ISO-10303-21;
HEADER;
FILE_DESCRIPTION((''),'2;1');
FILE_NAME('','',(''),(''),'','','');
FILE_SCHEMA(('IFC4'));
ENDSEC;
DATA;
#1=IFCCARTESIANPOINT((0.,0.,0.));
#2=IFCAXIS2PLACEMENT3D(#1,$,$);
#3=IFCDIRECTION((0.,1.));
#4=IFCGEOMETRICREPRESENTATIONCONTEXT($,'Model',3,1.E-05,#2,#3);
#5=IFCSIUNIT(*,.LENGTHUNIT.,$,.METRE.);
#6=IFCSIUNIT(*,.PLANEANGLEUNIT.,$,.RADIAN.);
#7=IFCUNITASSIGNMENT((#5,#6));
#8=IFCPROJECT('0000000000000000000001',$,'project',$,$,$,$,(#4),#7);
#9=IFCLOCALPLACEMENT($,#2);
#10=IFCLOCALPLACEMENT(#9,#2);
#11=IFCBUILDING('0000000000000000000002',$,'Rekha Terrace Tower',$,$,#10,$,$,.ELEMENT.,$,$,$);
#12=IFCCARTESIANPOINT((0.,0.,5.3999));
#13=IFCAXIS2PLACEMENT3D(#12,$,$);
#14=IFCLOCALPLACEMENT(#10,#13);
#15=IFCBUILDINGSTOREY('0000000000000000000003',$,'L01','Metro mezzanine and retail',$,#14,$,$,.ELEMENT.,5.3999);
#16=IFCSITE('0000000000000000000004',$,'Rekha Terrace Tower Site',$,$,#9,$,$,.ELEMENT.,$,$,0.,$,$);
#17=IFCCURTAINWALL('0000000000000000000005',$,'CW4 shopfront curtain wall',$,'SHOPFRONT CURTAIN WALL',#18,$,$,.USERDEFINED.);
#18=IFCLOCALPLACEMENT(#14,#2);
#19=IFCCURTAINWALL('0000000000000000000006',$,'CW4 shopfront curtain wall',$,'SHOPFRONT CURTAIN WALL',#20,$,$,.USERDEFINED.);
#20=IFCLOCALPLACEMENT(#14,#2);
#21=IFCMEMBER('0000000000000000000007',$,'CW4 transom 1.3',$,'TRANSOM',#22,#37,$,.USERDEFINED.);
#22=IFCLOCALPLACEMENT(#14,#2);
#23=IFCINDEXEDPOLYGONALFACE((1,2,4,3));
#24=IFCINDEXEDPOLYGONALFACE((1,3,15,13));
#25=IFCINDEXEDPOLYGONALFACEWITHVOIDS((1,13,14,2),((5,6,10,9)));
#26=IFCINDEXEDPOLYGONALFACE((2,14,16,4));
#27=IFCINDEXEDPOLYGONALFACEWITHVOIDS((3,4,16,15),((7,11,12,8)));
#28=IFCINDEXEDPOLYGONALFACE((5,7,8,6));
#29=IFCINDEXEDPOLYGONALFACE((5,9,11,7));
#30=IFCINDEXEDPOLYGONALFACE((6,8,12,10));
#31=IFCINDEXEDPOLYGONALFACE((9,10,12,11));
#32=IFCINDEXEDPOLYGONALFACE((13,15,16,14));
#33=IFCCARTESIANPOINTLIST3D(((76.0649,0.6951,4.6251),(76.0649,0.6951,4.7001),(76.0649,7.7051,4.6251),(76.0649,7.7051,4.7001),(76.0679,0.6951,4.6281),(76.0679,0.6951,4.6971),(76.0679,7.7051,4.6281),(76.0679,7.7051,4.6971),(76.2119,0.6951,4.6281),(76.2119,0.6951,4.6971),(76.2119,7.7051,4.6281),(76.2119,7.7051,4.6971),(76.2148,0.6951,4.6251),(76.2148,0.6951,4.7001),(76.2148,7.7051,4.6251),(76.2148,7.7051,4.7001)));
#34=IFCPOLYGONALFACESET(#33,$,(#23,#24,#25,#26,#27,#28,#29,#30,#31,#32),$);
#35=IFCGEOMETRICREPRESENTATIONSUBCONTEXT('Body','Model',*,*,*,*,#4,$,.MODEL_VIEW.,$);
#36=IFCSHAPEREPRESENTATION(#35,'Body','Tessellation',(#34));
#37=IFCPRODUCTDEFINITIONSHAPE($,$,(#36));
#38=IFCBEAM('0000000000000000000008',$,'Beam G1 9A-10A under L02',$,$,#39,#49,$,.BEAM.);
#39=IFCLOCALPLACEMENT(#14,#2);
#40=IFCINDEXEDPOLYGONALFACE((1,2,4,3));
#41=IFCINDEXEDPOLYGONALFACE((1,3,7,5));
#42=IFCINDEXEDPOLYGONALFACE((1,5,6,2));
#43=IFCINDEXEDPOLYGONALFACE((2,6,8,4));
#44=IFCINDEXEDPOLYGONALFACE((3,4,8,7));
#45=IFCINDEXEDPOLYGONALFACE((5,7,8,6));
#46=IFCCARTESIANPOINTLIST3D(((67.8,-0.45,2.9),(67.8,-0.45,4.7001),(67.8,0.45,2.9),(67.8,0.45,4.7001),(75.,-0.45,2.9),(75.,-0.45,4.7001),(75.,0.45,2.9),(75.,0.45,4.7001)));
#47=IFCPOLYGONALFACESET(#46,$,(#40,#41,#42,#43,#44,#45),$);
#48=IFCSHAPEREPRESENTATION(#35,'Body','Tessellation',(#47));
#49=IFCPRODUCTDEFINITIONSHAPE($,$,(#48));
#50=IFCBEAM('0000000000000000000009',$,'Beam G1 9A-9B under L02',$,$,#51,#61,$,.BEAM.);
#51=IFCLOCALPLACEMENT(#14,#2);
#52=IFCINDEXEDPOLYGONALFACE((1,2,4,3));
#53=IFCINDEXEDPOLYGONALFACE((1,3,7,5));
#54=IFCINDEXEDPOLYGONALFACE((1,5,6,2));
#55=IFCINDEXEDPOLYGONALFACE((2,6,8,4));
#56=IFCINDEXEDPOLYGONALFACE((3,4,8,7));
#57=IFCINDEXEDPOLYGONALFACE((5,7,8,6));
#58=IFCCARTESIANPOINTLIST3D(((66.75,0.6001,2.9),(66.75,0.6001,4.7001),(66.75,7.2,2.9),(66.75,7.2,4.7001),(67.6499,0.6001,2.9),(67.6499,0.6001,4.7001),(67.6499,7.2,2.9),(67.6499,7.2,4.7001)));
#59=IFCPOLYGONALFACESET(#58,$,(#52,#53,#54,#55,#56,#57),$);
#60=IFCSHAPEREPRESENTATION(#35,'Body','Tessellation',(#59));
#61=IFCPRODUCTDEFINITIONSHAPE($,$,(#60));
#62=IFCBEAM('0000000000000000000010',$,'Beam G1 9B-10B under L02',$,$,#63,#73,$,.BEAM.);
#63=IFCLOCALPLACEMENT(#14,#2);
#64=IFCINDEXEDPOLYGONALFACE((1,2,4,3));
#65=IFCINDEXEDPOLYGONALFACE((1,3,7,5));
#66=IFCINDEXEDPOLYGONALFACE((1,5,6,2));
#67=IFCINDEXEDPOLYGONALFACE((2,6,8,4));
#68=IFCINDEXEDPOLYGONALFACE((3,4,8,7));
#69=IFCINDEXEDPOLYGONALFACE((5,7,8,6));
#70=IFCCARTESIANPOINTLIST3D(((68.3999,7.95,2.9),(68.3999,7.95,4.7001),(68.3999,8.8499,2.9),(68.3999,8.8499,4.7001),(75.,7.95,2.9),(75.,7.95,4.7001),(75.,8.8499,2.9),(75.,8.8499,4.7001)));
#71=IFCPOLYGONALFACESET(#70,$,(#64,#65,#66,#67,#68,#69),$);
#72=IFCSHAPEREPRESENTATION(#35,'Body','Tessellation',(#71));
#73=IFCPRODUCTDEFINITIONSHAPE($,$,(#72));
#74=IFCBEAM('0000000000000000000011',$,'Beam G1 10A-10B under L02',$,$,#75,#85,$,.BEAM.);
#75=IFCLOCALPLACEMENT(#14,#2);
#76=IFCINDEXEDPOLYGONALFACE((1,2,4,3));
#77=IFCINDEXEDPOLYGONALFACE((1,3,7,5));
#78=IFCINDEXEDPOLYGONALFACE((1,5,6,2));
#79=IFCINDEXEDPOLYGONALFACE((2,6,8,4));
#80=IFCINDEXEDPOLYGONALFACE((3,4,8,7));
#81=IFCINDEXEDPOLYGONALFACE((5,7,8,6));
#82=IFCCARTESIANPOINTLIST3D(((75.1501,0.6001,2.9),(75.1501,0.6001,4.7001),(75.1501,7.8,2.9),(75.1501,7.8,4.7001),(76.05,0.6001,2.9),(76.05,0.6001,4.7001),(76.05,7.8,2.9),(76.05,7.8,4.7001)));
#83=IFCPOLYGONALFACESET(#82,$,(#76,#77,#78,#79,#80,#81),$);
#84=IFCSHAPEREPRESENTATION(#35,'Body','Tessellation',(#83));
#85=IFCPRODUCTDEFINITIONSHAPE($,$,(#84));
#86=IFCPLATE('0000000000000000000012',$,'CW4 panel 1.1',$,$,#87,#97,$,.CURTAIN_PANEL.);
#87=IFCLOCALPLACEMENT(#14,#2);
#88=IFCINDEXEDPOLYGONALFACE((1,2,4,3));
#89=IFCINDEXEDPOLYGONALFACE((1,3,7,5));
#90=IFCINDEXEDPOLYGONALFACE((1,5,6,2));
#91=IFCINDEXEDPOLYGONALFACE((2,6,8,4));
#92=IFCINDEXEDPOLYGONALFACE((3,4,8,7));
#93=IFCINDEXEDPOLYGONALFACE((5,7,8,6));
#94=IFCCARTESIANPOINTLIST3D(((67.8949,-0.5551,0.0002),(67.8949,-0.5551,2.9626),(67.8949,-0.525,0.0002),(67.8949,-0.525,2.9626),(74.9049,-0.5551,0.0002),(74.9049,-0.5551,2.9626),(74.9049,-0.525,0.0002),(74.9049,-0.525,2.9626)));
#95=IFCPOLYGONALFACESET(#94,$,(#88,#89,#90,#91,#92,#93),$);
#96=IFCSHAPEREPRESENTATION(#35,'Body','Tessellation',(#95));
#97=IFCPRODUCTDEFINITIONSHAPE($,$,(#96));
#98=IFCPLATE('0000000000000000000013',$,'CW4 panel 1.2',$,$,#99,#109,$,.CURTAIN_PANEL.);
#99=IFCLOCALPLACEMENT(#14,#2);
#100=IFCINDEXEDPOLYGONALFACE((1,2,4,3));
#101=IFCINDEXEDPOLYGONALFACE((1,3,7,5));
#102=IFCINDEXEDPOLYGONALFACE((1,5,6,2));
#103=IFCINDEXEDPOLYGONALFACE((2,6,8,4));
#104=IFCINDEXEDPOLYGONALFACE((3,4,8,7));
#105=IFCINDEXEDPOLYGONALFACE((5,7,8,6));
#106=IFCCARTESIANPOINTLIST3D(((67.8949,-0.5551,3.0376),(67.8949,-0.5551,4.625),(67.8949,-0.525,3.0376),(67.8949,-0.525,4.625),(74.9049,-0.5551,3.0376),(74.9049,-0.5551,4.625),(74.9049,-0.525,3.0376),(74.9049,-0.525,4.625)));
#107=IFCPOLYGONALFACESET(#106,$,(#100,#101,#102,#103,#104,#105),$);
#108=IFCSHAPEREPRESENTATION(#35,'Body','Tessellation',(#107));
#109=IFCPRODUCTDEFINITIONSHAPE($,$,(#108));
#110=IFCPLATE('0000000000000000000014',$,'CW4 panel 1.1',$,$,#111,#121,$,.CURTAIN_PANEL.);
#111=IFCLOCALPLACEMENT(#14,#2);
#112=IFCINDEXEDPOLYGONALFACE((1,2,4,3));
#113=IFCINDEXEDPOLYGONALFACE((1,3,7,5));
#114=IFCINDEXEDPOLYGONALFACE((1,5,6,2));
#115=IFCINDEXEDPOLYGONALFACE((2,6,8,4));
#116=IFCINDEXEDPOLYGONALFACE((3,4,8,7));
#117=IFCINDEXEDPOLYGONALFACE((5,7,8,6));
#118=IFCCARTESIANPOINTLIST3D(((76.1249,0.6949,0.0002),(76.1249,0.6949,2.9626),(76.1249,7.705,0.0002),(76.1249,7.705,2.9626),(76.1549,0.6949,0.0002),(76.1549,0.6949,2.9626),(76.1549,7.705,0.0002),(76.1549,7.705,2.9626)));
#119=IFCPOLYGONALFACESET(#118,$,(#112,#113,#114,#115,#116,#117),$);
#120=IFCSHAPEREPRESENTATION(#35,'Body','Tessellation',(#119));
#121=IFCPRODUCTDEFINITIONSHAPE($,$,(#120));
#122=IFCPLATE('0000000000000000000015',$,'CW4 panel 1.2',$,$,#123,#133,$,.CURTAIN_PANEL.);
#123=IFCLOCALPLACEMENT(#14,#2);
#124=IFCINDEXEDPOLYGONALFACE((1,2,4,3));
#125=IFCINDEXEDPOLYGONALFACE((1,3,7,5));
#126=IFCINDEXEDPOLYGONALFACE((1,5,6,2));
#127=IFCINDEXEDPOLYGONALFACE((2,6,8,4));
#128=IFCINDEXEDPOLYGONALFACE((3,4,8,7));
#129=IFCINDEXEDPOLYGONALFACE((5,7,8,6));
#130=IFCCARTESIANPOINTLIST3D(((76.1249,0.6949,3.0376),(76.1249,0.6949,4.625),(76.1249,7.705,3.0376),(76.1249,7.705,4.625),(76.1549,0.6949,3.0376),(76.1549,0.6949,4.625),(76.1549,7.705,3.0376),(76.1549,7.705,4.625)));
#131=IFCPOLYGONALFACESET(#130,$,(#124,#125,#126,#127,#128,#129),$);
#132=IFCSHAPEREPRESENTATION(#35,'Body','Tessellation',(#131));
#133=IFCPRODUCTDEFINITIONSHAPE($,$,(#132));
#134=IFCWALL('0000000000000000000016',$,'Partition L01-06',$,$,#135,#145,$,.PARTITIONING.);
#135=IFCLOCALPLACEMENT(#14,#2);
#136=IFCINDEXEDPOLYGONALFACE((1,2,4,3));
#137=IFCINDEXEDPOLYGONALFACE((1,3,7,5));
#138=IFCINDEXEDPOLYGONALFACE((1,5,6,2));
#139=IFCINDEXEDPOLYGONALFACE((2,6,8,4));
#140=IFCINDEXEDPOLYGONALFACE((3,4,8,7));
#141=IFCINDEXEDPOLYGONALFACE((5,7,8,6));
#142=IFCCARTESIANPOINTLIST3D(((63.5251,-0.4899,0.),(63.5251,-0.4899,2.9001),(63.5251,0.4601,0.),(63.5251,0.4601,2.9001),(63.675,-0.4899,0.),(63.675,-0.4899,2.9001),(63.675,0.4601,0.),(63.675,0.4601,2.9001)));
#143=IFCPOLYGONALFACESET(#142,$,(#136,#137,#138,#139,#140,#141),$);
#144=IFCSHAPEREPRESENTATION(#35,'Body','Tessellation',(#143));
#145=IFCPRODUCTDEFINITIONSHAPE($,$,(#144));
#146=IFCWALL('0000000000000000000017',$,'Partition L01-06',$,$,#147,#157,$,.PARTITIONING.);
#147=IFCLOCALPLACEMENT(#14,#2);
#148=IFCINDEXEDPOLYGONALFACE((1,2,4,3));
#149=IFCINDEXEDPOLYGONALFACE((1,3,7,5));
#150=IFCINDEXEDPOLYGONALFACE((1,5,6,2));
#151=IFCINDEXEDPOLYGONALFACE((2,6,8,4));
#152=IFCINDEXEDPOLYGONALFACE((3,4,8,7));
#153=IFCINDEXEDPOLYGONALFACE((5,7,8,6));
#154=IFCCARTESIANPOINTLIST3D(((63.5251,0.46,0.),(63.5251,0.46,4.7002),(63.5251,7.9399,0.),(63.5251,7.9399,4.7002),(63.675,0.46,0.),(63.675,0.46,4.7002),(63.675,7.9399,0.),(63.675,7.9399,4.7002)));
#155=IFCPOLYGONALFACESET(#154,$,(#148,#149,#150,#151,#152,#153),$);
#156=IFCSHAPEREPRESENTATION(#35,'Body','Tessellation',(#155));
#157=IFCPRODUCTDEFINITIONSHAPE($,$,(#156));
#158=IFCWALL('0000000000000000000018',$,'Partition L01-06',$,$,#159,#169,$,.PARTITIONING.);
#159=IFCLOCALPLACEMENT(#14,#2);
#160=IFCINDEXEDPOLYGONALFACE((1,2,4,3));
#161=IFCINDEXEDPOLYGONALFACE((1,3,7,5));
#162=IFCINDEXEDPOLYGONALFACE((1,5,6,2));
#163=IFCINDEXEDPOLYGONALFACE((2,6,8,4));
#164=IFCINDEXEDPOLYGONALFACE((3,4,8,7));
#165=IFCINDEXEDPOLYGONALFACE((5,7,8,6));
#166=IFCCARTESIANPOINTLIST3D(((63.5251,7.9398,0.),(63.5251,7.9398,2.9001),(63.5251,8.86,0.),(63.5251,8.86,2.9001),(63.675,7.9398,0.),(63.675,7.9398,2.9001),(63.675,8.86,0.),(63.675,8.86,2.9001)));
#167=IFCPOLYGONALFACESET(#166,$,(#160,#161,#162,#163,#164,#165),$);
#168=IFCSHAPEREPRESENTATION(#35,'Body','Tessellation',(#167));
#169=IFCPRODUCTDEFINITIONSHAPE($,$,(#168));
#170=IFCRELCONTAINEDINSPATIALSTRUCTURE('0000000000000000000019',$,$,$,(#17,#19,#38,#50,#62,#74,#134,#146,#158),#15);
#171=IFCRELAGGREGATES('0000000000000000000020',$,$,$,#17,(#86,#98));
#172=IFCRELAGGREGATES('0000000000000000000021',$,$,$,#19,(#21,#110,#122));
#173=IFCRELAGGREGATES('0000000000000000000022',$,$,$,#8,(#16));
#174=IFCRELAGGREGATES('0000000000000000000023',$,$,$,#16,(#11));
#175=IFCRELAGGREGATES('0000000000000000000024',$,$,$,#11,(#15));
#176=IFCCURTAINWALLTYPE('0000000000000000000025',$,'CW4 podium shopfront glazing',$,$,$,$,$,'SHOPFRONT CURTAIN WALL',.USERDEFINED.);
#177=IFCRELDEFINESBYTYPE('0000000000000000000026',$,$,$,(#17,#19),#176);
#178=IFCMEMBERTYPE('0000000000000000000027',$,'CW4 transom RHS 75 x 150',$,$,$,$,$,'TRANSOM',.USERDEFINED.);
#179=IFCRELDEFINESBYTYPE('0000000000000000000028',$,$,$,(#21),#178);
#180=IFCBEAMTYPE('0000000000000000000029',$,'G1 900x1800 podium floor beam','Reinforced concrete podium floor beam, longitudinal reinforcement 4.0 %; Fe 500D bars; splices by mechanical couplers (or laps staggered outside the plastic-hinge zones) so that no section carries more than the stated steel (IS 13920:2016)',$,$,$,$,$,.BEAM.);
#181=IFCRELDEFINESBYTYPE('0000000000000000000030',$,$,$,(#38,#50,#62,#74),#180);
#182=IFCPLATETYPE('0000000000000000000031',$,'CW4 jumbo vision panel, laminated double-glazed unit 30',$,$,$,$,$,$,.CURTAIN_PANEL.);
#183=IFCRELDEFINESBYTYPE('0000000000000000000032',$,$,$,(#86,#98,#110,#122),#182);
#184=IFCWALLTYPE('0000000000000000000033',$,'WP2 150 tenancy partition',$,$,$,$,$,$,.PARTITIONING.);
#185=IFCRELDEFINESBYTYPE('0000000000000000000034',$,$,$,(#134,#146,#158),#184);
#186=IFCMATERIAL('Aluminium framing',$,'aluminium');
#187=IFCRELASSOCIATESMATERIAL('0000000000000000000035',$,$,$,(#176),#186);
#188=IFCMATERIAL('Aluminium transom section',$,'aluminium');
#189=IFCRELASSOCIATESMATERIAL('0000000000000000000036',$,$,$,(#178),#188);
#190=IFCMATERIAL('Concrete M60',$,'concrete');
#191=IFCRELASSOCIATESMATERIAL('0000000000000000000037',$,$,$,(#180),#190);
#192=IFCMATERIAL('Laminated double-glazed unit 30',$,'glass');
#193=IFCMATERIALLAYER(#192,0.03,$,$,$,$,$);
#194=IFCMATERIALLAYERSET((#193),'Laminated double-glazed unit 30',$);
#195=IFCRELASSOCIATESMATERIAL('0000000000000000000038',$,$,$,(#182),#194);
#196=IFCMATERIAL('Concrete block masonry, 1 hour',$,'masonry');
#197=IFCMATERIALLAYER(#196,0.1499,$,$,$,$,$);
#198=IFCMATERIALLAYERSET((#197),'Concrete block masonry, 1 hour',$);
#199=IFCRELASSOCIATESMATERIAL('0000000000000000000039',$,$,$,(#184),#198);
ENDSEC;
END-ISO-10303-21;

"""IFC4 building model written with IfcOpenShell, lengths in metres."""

from ifc_helpers import new_model, si_unit, direction, frame, frame_2d, origin, origin_2d, place, context, subcontext, project, spatial, rectangle, hollow_rectangle, extrude, material, layer, layer_set, material_profile, profile_set, type_object, element, aggregate, save


model = new_model("IFC4")

# Units and contexts
model_context = context("Model", 3, precision=1e-05, world=origin(), true_north=direction((0.0, 1.0)))
body_context = subcontext(model_context, "Body", "Model", "MODEL_VIEW")
ifc_project = project(units=[si_unit("LENGTHUNIT", "METRE"), si_unit("PLANEANGLEUNIT", "RADIAN")], contexts=[model_context])

# Site, building, storey
site_placement = place(None, origin())
site = spatial("IfcSite", under=ifc_project, at=site_placement, Name="Rekha Terrace Tower Site", CompositionType="ELEMENT", RefElevation=0.0)
building_placement = place(site_placement, origin())
building = spatial("IfcBuilding", under=site, at=building_placement, Name="Rekha Terrace Tower", CompositionType="ELEMENT")
storey_placement = place(building_placement, frame((0.0, 0.0, 5.3999)))
storey = spatial("IfcBuildingStorey", under=building, at=storey_placement, Name="L01", Description="Metro mezzanine and retail", CompositionType="ELEMENT", Elevation=5.3999)

# Shared definitions
ifc_material_1 = material(Name="Concrete M60", Category="concrete")

# Shared definitions
ifc_material_2 = material(Name="Aluminium framing", Category="aluminium")
curtain_wall_type = type_object("IfcCurtainWallType", Name="CW4 podium shopfront glazing", ElementType="SHOPFRONT CURTAIN WALL", PredefinedType="USERDEFINED", material=ifc_material_2)

# Curtain walls
curtain_wall_1_placement = place(storey_placement, origin())
curtain_wall_1 = element("IfcCurtainWall", 1, at=curtain_wall_1_placement, inside=storey, type_object=curtain_wall_type, Name="CW4 shopfront curtain wall", ObjectType="SHOPFRONT CURTAIN WALL", PredefinedType="USERDEFINED")
curtain_wall_2_placement = place(storey_placement, origin())
curtain_wall_2 = element("IfcCurtainWall", 2, at=curtain_wall_2_placement, inside=storey, type_object=curtain_wall_type, Name="CW4 shopfront curtain wall", ObjectType="SHOPFRONT CURTAIN WALL", PredefinedType="USERDEFINED")

# Member
ifc_material_3 = material(Name="Aluminium transom section", Category="aluminium")
ifc_material_profile_1 = material_profile(ifc_material_3, hollow_rectangle(XDim=0.1499, YDim=0.075, WallThickness=0.0029, at=origin_2d()), Name="AL RHS 150x75")
ifc_profile_set_1 = profile_set([ifc_material_profile_1], Name="Aluminium transom section")
member_type_1 = type_object("IfcMemberType", Name="CW4 transom RHS 75 x 150", ElementType="TRANSOM", PredefinedType="USERDEFINED", material=ifc_profile_set_1)
member_1_placement = place(storey_placement, frame((76.1399, 0.6951, 4.6626), z_axis=(0.0, 1.0, 0.0), x_axis=(-1.0, 0.0, 0.0)))
member_1 = element("IfcMember", 3, at=member_1_placement, type_object=member_type_1, Name="CW4 transom 1.3", ObjectType="TRANSOM", PredefinedType="USERDEFINED", context=body_context, shape_type="SweptSolid", body=[
    extrude(hollow_rectangle(XDim=0.1499, YDim=0.075, WallThickness=0.0029, at=origin_2d()), origin(), (0.0, 0.0, 1.0), 7.01),
])

# Beams
ifc_material_profile_2 = material_profile(ifc_material_1, rectangle(XDim=0.8999, YDim=1.8, at=origin_2d()), Name="RC 900x1800")
ifc_profile_set_2 = profile_set([ifc_material_profile_2], Name="Concrete M60")
beam_type = type_object("IfcBeamType", Name="G1 900x1800 podium floor beam", Description="Reinforced concrete podium floor beam, longitudinal reinforcement 4.0 %; Fe 500D bars; splices by mechanical couplers (or laps staggered outside the plastic-hinge zones) so that no section carries more than the stated steel (IS 13920:2016)", PredefinedType="BEAM", material=ifc_profile_set_2)
beam_1_placement = place(storey_placement, frame((67.8, 0.0, 3.8), z_axis=(1.0, 0.0, 0.0), x_axis=(0.0, 1.0, 0.0)))
element("IfcBeam", 4, at=beam_1_placement, inside=storey, type_object=beam_type, Name="Beam G1 9A-10A under L02", PredefinedType="BEAM", context=body_context, shape_type="SweptSolid", body=[
    extrude(rectangle(XDim=0.8999, YDim=1.8, at=origin_2d()), origin(), (0.0, 0.0, 1.0), 7.2),
])
beam_2_placement = place(storey_placement, frame((67.2, 0.6001, 3.8), z_axis=(0.0, 1.0, 0.0), x_axis=(-1.0, 0.0, 0.0)))
element("IfcBeam", 5, at=beam_2_placement, inside=storey, type_object=beam_type, Name="Beam G1 9A-9B under L02", PredefinedType="BEAM", context=body_context, shape_type="SweptSolid", body=[
    extrude(rectangle(XDim=0.8999, YDim=1.8, at=origin_2d()), origin(), (0.0, 0.0, 1.0), 6.5999),
])
beam_3_placement = place(storey_placement, frame((68.3999, 8.3999, 3.8), z_axis=(1.0, 0.0, 0.0), x_axis=(0.0, 1.0, 0.0)))
element("IfcBeam", 6, at=beam_3_placement, inside=storey, type_object=beam_type, Name="Beam G1 9B-10B under L02", PredefinedType="BEAM", context=body_context, shape_type="SweptSolid", body=[
    extrude(rectangle(XDim=0.8999, YDim=1.8, at=origin_2d()), origin(), (0.0, 0.0, 1.0), 6.6001),
])
beam_4_placement = place(storey_placement, frame((75.6001, 0.6001, 3.8), z_axis=(0.0, 1.0, 0.0), x_axis=(-1.0, 0.0, 0.0)))
element("IfcBeam", 7, at=beam_4_placement, inside=storey, type_object=beam_type, Name="Beam G1 10A-10B under L02", PredefinedType="BEAM", context=body_context, shape_type="SweptSolid", body=[
    extrude(rectangle(XDim=0.8999, YDim=1.8, at=origin_2d()), origin(), (0.0, 0.0, 1.0), 7.2),
])

# Plates
ifc_material_4 = material(Name="Laminated double-glazed unit 30", Category="glass")
ifc_layer_1 = layer(ifc_material_4, 0.03)
ifc_layer_set_1 = layer_set([ifc_layer_1], Name="Laminated double-glazed unit 30")
plate_type = type_object("IfcPlateType", Name="CW4 jumbo vision panel, laminated double-glazed unit 30", PredefinedType="CURTAIN_PANEL", material=ifc_layer_set_1)
plate_1_placement = place(storey_placement, frame((71.3999, -0.54, 0.0002), z_axis=(0.0, 0.0, 1.0), x_axis=(1.0, 0.0, 0.0)))
plate_1 = element("IfcPlate", 8, at=plate_1_placement, type_object=plate_type, Name="CW4 panel 1.1", PredefinedType="CURTAIN_PANEL", context=body_context, shape_type="SweptSolid", body=[
    extrude(rectangle(XDim=7.01, YDim=0.03, at=origin_2d()), origin(), (0.0, 0.0, 1.0), 2.9624),
])
plate_2_placement = place(storey_placement, frame((71.3999, -0.54, 3.0376), z_axis=(0.0, 0.0, 1.0), x_axis=(1.0, 0.0, 0.0)))
plate_2 = element("IfcPlate", 9, at=plate_2_placement, type_object=plate_type, Name="CW4 panel 1.2", PredefinedType="CURTAIN_PANEL", context=body_context, shape_type="SweptSolid", body=[
    extrude(rectangle(XDim=7.01, YDim=0.03, at=origin_2d()), origin(), (0.0, 0.0, 1.0), 1.5874),
])
aggregate(curtain_wall_1, [plate_1, plate_2])
plate_3_placement = place(storey_placement, frame((76.1399, 4.2, 0.0002), z_axis=(0.0, 0.0, 1.0), x_axis=(0.0, 1.0, 0.0)))
plate_3 = element("IfcPlate", 10, at=plate_3_placement, type_object=plate_type, Name="CW4 panel 1.1", PredefinedType="CURTAIN_PANEL", context=body_context, shape_type="SweptSolid", body=[
    extrude(rectangle(XDim=7.01, YDim=0.03, at=origin_2d()), origin(), (0.0, 0.0, 1.0), 2.9624),
])
plate_4_placement = place(storey_placement, frame((76.1399, 4.2, 3.0376), z_axis=(0.0, 0.0, 1.0), x_axis=(0.0, 1.0, 0.0)))
plate_4 = element("IfcPlate", 11, at=plate_4_placement, type_object=plate_type, Name="CW4 panel 1.2", PredefinedType="CURTAIN_PANEL", context=body_context, shape_type="SweptSolid", body=[
    extrude(rectangle(XDim=7.01, YDim=0.03, at=origin_2d()), origin(), (0.0, 0.0, 1.0), 1.5874),
])
aggregate(curtain_wall_2, [member_1, plate_3, plate_4])

# Walls
ifc_material_5 = material(Name="Concrete block masonry, 1 hour", Category="masonry")
ifc_layer_2 = layer(ifc_material_5, 0.1499)
ifc_layer_set_2 = layer_set([ifc_layer_2], Name="Concrete block masonry, 1 hour")
wall_type = type_object("IfcWallType", Name="WP2 150 tenancy partition", PredefinedType="PARTITIONING", material=ifc_layer_set_2)
wall_1_placement = place(storey_placement, frame((63.6001, -0.49, 0.0), z_axis=(0.0, 0.0, 1.0), x_axis=(0.0, 1.0, 0.0)))
element("IfcWall", 12, at=wall_1_placement, inside=storey, type_object=wall_type, Name="Partition L01-06", PredefinedType="PARTITIONING", context=body_context, shape_type="SweptSolid", body=[
    extrude(rectangle(XDim=0.95, YDim=0.1499, at=frame_2d((0.4751, 0.0))), origin(), (0.0, 0.0, 1.0), 2.9001),
])
wall_2_placement = place(storey_placement, frame((63.6001, 0.46, 0.0), z_axis=(0.0, 0.0, 1.0), x_axis=(0.0, 1.0, 0.0)))
element("IfcWall", 13, at=wall_2_placement, inside=storey, type_object=wall_type, Name="Partition L01-06", PredefinedType="PARTITIONING", context=body_context, shape_type="SweptSolid", body=[
    extrude(rectangle(XDim=7.48, YDim=0.1499, at=frame_2d((3.74, 0.0))), origin(), (0.0, 0.0, 1.0), 4.7002),
])
wall_3_placement = place(storey_placement, frame((63.6001, 7.9399, 0.0), z_axis=(0.0, 0.0, 1.0), x_axis=(0.0, 1.0, 0.0)))
element("IfcWall", 14, at=wall_3_placement, inside=storey, type_object=wall_type, Name="Partition L01-06", PredefinedType="PARTITIONING", context=body_context, shape_type="SweptSolid", body=[
    extrude(rectangle(XDim=0.9202, YDim=0.1499, at=frame_2d((0.46, 0.0))), origin(), (0.0, 0.0, 1.0), 2.9001),
])

save(model, "model.ifc")
